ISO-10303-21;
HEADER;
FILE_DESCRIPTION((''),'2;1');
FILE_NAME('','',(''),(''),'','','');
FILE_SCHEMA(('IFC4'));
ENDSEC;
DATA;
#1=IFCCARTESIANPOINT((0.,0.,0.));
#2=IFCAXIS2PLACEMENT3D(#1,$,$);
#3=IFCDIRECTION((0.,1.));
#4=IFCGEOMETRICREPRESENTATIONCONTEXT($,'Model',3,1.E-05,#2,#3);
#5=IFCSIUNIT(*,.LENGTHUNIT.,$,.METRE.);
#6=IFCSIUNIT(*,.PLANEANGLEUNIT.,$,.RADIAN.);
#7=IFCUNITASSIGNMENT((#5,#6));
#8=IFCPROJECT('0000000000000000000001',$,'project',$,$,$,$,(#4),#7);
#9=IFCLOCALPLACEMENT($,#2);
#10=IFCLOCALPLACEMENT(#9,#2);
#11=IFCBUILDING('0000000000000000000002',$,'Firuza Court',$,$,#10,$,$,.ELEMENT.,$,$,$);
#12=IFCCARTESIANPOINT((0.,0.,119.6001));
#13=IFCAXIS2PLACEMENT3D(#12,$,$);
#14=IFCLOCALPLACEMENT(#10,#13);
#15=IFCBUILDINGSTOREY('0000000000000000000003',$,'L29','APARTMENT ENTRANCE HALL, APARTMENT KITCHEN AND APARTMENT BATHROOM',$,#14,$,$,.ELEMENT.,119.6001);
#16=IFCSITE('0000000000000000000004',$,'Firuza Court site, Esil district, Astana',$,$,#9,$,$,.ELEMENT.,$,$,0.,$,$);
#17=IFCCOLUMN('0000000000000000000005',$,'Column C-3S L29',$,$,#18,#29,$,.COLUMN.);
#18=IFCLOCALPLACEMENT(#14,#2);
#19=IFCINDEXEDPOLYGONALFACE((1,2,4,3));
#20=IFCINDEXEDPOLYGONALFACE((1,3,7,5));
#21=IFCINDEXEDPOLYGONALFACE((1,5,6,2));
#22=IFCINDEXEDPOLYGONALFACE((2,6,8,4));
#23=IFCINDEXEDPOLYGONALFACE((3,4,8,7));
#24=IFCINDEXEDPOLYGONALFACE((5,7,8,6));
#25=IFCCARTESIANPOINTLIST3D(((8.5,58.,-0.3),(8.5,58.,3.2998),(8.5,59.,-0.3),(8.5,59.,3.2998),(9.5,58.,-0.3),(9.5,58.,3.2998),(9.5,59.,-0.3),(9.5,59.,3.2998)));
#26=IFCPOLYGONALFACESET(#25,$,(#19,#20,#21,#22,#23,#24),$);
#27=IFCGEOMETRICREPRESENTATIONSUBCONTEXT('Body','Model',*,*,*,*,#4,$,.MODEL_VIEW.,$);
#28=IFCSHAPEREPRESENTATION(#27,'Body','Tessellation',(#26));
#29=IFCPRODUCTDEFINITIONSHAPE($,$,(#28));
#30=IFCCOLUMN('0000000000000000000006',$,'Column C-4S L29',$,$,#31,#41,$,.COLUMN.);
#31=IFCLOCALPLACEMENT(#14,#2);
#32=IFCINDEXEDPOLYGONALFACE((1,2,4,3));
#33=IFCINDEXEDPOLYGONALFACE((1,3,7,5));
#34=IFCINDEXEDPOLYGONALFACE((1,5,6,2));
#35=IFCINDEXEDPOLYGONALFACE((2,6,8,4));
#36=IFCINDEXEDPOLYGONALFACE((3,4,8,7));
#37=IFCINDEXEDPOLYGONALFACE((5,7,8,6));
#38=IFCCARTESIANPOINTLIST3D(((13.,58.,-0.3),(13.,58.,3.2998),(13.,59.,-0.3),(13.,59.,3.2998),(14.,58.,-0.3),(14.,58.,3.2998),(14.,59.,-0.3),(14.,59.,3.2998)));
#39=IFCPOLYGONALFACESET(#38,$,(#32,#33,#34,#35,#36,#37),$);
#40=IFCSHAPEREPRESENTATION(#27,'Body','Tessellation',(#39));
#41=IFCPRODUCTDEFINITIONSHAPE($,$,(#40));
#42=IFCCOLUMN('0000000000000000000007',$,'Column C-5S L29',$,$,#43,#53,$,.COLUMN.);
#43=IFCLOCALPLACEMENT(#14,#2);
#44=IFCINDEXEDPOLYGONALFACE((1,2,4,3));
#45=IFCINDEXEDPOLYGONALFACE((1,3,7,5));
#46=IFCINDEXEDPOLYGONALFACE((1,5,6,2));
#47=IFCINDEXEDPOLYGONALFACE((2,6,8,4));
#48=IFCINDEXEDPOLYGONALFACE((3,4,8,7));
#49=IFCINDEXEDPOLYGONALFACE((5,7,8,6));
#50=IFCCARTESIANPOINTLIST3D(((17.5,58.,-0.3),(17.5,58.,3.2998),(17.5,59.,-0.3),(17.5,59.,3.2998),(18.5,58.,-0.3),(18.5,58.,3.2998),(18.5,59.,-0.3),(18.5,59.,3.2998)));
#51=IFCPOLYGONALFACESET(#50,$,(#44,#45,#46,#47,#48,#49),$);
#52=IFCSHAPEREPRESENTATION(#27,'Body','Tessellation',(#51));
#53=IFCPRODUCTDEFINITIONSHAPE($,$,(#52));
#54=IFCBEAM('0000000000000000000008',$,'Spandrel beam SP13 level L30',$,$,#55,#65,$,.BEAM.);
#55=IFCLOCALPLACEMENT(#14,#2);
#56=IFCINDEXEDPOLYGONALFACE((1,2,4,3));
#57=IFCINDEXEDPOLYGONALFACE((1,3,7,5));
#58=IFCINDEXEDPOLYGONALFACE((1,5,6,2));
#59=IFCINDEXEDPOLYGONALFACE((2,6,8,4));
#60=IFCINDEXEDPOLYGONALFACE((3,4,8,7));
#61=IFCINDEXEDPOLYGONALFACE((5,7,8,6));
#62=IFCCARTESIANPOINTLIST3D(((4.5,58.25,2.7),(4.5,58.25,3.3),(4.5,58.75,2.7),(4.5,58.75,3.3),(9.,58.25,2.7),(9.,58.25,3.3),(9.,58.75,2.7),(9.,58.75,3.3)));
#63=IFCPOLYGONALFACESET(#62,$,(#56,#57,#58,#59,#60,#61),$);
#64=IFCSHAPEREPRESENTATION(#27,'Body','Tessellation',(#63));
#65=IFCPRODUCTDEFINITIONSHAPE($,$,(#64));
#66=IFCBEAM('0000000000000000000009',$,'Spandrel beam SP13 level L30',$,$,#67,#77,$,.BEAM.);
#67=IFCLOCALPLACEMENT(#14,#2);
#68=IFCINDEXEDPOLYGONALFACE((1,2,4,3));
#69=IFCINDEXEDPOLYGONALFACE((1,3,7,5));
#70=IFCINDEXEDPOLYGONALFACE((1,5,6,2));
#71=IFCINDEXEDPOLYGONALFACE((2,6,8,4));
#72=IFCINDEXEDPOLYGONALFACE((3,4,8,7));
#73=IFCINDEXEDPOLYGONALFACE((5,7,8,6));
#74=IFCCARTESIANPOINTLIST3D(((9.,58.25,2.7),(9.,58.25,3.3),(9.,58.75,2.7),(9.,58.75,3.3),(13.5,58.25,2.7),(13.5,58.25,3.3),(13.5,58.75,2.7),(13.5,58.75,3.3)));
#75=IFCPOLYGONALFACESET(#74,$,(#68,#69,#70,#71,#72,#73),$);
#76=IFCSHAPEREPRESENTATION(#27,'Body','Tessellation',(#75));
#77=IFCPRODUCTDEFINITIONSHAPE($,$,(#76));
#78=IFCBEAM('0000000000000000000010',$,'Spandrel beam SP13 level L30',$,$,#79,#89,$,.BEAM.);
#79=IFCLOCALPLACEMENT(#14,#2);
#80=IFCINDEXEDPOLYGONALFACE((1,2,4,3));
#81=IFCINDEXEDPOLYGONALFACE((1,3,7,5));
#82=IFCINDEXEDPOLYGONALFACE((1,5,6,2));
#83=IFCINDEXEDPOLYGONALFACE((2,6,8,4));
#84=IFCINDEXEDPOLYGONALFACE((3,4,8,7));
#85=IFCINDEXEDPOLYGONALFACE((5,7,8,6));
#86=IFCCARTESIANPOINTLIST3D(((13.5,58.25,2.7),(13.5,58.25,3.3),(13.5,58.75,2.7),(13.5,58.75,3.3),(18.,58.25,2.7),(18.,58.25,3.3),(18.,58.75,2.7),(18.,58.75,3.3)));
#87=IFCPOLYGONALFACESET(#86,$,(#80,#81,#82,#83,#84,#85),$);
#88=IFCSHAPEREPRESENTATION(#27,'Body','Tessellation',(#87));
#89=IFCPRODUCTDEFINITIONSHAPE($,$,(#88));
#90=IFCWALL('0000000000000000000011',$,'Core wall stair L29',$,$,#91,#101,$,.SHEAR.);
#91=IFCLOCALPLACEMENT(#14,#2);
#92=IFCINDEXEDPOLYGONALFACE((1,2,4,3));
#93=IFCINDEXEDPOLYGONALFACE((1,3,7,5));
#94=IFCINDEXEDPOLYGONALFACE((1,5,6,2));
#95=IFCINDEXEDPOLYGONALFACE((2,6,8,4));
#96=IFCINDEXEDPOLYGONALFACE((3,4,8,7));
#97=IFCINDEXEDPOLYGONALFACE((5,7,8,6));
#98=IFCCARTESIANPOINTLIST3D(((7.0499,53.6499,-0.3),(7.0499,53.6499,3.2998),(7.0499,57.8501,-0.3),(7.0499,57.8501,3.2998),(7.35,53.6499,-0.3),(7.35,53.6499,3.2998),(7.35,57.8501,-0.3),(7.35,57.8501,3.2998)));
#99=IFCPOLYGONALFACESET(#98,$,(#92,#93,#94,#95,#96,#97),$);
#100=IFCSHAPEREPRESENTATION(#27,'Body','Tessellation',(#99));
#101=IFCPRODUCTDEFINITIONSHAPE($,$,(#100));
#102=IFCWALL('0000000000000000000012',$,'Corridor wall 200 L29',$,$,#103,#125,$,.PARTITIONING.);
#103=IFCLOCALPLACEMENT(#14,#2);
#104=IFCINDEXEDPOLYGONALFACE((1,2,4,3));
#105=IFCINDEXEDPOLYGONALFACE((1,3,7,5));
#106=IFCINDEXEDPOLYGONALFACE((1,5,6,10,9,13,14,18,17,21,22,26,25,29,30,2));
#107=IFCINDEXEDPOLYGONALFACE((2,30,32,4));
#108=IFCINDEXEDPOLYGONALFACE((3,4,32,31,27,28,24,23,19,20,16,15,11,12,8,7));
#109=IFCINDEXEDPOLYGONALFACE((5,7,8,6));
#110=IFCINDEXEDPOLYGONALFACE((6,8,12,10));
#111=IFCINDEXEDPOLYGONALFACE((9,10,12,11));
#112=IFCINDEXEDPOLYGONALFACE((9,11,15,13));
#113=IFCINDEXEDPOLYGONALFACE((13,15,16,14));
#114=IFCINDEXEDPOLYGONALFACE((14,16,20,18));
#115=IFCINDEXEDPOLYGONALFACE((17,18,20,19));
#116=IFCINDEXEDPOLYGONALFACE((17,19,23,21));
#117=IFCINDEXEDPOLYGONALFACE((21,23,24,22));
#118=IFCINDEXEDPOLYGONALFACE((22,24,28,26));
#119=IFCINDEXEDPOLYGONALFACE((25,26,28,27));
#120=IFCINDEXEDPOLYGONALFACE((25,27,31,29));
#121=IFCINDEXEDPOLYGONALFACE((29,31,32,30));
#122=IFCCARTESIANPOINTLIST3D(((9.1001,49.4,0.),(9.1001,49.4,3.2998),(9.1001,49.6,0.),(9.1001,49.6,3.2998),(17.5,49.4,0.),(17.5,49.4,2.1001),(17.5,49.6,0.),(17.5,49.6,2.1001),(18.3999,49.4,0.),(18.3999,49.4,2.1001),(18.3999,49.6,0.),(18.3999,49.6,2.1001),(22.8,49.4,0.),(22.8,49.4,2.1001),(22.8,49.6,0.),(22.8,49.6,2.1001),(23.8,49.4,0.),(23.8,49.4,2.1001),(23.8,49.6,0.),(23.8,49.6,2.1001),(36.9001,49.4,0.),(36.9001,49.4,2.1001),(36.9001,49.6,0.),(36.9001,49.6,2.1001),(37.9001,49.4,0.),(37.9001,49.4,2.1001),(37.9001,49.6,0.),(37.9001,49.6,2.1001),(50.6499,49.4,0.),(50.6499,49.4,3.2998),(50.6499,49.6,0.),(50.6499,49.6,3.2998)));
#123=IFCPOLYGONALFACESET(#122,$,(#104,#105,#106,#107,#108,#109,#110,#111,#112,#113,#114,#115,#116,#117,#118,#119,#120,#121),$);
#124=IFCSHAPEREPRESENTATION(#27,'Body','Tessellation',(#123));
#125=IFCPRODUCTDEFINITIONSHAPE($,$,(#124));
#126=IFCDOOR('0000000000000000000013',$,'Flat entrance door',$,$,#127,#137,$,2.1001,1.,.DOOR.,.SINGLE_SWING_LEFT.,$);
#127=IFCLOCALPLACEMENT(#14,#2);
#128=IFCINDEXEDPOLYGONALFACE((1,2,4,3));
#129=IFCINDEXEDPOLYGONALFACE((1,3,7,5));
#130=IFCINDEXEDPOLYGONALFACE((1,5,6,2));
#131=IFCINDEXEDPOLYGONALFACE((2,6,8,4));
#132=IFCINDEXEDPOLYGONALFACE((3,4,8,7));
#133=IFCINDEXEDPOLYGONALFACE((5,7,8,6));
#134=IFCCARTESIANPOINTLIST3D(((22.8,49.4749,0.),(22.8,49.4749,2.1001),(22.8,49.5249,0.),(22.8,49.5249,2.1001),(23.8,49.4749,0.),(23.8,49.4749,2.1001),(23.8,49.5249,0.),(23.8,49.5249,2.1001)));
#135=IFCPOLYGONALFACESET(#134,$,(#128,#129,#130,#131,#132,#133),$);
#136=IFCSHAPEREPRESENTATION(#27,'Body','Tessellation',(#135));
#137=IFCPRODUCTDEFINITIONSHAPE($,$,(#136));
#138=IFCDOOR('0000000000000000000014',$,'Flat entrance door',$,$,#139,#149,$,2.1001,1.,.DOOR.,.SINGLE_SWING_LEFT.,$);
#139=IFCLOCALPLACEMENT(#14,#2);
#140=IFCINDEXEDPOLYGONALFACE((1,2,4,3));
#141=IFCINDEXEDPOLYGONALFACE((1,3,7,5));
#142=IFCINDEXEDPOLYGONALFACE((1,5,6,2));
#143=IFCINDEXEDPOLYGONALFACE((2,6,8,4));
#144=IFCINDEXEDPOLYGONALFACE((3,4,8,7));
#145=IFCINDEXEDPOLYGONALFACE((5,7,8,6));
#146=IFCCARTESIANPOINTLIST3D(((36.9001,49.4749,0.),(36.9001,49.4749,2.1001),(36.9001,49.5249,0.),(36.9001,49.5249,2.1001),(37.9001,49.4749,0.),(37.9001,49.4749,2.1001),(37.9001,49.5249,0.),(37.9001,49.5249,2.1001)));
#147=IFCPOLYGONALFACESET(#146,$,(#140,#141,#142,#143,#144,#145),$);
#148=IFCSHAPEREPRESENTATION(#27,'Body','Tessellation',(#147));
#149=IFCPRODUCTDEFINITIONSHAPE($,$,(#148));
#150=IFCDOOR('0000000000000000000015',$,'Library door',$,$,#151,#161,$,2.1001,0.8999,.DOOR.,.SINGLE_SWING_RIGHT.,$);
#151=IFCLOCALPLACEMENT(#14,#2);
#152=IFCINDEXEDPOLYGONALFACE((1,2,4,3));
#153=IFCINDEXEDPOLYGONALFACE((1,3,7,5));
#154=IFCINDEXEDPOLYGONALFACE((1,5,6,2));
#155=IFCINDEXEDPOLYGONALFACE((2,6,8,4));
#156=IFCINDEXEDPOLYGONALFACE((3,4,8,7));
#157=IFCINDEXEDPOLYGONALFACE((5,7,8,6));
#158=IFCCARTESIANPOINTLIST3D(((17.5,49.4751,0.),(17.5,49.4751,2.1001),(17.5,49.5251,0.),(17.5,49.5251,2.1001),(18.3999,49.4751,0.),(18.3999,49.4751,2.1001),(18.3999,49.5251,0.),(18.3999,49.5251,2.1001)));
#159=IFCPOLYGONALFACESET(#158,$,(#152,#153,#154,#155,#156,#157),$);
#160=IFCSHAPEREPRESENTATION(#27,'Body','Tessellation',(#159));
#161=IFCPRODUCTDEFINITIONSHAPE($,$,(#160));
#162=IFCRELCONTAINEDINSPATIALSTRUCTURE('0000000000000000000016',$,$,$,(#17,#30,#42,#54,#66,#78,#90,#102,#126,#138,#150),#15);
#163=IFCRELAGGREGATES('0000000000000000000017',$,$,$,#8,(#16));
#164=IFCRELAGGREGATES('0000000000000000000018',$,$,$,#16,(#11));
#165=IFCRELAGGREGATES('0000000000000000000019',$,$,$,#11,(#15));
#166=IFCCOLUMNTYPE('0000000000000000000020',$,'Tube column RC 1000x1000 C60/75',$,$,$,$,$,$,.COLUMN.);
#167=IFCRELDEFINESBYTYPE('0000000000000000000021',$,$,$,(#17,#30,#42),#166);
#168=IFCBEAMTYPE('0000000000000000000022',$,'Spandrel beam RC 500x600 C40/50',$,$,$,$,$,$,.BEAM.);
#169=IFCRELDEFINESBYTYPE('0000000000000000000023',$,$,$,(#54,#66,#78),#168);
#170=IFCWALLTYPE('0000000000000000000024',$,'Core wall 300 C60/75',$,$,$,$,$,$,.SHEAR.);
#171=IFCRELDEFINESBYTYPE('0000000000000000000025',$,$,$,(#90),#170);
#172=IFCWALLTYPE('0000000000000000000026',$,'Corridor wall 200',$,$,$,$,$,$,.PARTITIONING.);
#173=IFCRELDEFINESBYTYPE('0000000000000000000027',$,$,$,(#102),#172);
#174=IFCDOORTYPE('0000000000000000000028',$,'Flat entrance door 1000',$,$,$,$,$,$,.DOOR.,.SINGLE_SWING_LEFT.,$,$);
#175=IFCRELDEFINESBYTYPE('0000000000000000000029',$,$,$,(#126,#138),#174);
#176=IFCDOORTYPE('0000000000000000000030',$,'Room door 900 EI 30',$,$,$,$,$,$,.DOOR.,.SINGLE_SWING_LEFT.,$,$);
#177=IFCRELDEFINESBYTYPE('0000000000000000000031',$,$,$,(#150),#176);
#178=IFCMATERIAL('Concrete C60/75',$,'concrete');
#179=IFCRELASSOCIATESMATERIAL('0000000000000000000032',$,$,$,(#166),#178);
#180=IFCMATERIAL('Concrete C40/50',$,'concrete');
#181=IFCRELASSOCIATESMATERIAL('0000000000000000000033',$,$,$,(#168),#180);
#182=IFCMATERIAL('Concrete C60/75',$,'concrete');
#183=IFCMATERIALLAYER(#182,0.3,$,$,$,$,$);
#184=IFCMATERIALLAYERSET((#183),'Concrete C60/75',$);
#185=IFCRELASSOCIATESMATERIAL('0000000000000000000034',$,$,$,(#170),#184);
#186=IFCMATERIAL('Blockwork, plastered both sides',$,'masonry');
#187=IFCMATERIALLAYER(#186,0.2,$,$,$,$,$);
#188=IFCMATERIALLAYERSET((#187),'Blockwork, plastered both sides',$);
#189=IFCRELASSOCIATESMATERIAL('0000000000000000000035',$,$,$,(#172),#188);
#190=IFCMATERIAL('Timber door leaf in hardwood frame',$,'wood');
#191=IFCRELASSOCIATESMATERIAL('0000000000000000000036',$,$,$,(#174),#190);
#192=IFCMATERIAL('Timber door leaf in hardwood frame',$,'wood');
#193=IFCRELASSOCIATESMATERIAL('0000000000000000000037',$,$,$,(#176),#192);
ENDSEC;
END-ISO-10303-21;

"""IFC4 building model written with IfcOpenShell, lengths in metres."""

from ifc_helpers import new_model, si_unit, direction, frame, frame_2d, origin, origin_2d, place, context, subcontext, project, spatial, rectangle, extrude, material, layer, layer_set, material_profile, profile_set, type_object, element, fill, save


model = new_model("IFC4")

# Units and contexts
model_context = context("Model", 3, precision=1e-05, world=origin(), true_north=direction((0.0, 1.0)))
body_context = subcontext(model_context, "Body", "Model", "MODEL_VIEW")
ifc_project = project(units=[si_unit("LENGTHUNIT", "METRE"), si_unit("PLANEANGLEUNIT", "RADIAN")], contexts=[model_context])

# Site, building, storey
site_placement = place(None, origin())
site = spatial("IfcSite", under=ifc_project, at=site_placement, Name="Firuza Court site, Esil district, Astana", CompositionType="ELEMENT", RefElevation=0.0)
building_placement = place(site_placement, origin())
building = spatial("IfcBuilding", under=site, at=building_placement, Name="Firuza Court", CompositionType="ELEMENT")
storey_placement = place(building_placement, frame((0.0, 0.0, 119.6001)))
storey = spatial("IfcBuildingStorey", under=building, at=storey_placement, Name="L29", Description="APARTMENT ENTRANCE HALL, APARTMENT KITCHEN AND APARTMENT BATHROOM", CompositionType="ELEMENT", Elevation=119.6001)

# Columns
ifc_material_1 = material(Name="Concrete C60/75", Category="concrete")
ifc_material_profile_1 = material_profile(ifc_material_1, rectangle(XDim=1.0, YDim=1.0, at=origin_2d()), Name="RC 1000x1000")
ifc_profile_set_1 = profile_set([ifc_material_profile_1], Name="Concrete C60/75")
column_type = type_object("IfcColumnType", Name="Tube column RC 1000x1000 C60/75", PredefinedType="COLUMN", material=ifc_profile_set_1)
for number, where, z_axis, x_axis, name in (
    (1, (9.0, 58.5, -0.3), (0.0, 0.0, 1.0), (1.0, 0.0, 0.0), "Column C-3S L29"),
    (2, (13.5, 58.5, -0.3), (0.0, 0.0, 1.0), (1.0, 0.0, 0.0), "Column C-4S L29"),
    (3, (18.0, 58.5, -0.3), (0.0, 0.0, 1.0), (1.0, 0.0, 0.0), "Column C-5S L29"),
):
    element("IfcColumn", number, at=place(storey_placement, frame(where, z_axis=z_axis, x_axis=x_axis)), inside=storey, type_object=column_type, Name=name, PredefinedType="COLUMN", context=body_context, shape_type="SweptSolid", body=[
        extrude(rectangle(XDim=1.0, YDim=1.0, at=origin_2d()), origin(), (0.0, 0.0, 1.0), 3.5999),
    ])

# Beams
ifc_material_2 = material(Name="Concrete C40/50", Category="concrete")
ifc_material_profile_2 = material_profile(ifc_material_2, rectangle(XDim=0.5, YDim=0.6001, at=origin_2d()), Name="RC 500x600")
ifc_profile_set_2 = profile_set([ifc_material_profile_2], Name="Concrete C40/50")
beam_type = type_object("IfcBeamType", Name="Spandrel beam RC 500x600 C40/50", PredefinedType="BEAM", material=ifc_profile_set_2)
for number, where, z_axis, x_axis, name in (
    (4, (9.0, 58.5, 3.0), (-1.0, 0.0, 0.0), (0.0, -1.0, 0.0), "Spandrel beam SP13 level L30"),
    (5, (13.5, 58.5, 3.0), (-1.0, 0.0, 0.0), (0.0, -1.0, 0.0), "Spandrel beam SP13 level L30"),
    (6, (18.0, 58.5, 3.0), (-1.0, 0.0, 0.0), (0.0, -1.0, 0.0), "Spandrel beam SP13 level L30"),
):
    element("IfcBeam", number, at=place(storey_placement, frame(where, z_axis=z_axis, x_axis=x_axis)), inside=storey, type_object=beam_type, Name=name, PredefinedType="BEAM", context=body_context, shape_type="SweptSolid", body=[
        extrude(rectangle(XDim=0.5, YDim=0.6001, at=origin_2d()), origin(), (0.0, 0.0, 1.0), 4.5),
    ])

# Wall
ifc_material_3 = material(Name="Concrete C60/75", Category="concrete")
ifc_layer_1 = layer(ifc_material_3, 0.3)
ifc_layer_set_1 = layer_set([ifc_layer_1], Name="Concrete C60/75")
wall_type_1 = type_object("IfcWallType", Name="Core wall 300 C60/75", PredefinedType="SHEAR", material=ifc_layer_set_1)
wall_1_placement = place(storey_placement, frame((7.2, 53.6499, -0.3), z_axis=(0.0, 0.0, 1.0), x_axis=(0.0, 1.0, 0.0)))
element("IfcWall", 7, at=wall_1_placement, inside=storey, type_object=wall_type_1, Name="Core wall stair L29", PredefinedType="SHEAR", context=body_context, shape_type="SweptSolid", body=[
    extrude(rectangle(XDim=4.2002, YDim=0.3, at=frame_2d((2.1001, 0.0))), origin(), (0.0, 0.0, 1.0), 3.5999),
])

# Wall, openings, doors
ifc_material_4 = material(Name="Blockwork, plastered both sides", Category="masonry")
ifc_layer_2 = layer(ifc_material_4, 0.2)
ifc_layer_set_2 = layer_set([ifc_layer_2], Name="Blockwork, plastered both sides")
wall_type_2 = type_object("IfcWallType", Name="Corridor wall 200", PredefinedType="PARTITIONING", material=ifc_layer_set_2)
wall_2_placement = place(storey_placement, frame((9.1001, 49.5, 0.0), z_axis=(0.0, 0.0, 1.0), x_axis=(1.0, 0.0, 0.0)))
wall_2 = element("IfcWall", 8, at=wall_2_placement, inside=storey, type_object=wall_type_2, Name="Corridor wall 200 L29", PredefinedType="PARTITIONING", context=body_context, shape_type="SweptSolid", body=[
    extrude(rectangle(XDim=41.5498, YDim=0.2, at=frame_2d((20.7749, 0.0))), origin(), (0.0, 0.0, 1.0), 3.2998),
])
opening_1_placement = place(wall_2_placement, frame((13.7, 0.0, 0.0)))
opening_1 = element("IfcOpeningElement", 9, at=opening_1_placement, cuts=wall_2, PredefinedType="OPENING", context=body_context, shape_type="SweptSolid", body=[
    extrude(rectangle(XDim=1.0, YDim=2.1001, at=frame_2d((0.5, 1.05))), frame((0.0, 0.1118, 0.0), z_axis=(0.0, -1.0, 0.0), x_axis=(1.0, 0.0, 0.0)), (0.0, 0.0, 1.0), 0.2239),
])
opening_2_placement = place(wall_2_placement, frame((27.8, 0.0, 0.0)))
opening_2 = element("IfcOpeningElement", 10, at=opening_2_placement, cuts=wall_2, PredefinedType="OPENING", context=body_context, shape_type="SweptSolid", body=[
    extrude(rectangle(XDim=1.0, YDim=2.1001, at=frame_2d((0.5, 1.05))), frame((0.0, 0.1118, 0.0), z_axis=(0.0, -1.0, 0.0), x_axis=(1.0, 0.0, 0.0)), (0.0, 0.0, 1.0), 0.2239),
])
opening_3_placement = place(wall_2_placement, frame((8.3999, 0.0, 0.0)))
opening_3 = element("IfcOpeningElement", 11, at=opening_3_placement, cuts=wall_2, PredefinedType="OPENING", context=body_context, shape_type="SweptSolid", body=[
    extrude(rectangle(XDim=0.8999, YDim=2.1001, at=frame_2d((0.45, 1.05))), frame((0.0, 0.1118, 0.0), z_axis=(0.0, -1.0, 0.0), x_axis=(1.0, 0.0, 0.0)), (0.0, 0.0, 1.0), 0.2239),
])
ifc_material_5 = material(Name="Timber door leaf in hardwood frame", Category="wood")
door_type_1 = type_object("IfcDoorType", Name="Flat entrance door 1000", OperationType="SINGLE_SWING_LEFT", PredefinedType="DOOR", material=ifc_material_5)
door_1_placement = place(opening_1_placement, origin())
door_1 = element("IfcDoor", 12, at=door_1_placement, inside=storey, type_object=door_type_1, Name="Flat entrance door", OperationType="SINGLE_SWING_LEFT", OverallHeight=2.1001, OverallWidth=1.0, PredefinedType="DOOR", context=body_context, shape_type="SweptSolid", body=[
    extrude(rectangle(XDim=1.0, YDim=2.1001, at=frame_2d((0.5, 1.05))), frame((0.0, 0.0249, 0.0), z_axis=(0.0, -1.0, 0.0), x_axis=(1.0, 0.0, 0.0)), (0.0, 0.0, 1.0), 0.05),
])
fill(opening_1, door_1)
door_2_placement = place(opening_2_placement, origin())
door_2 = element("IfcDoor", 13, at=door_2_placement, inside=storey, type_object=door_type_1, Name="Flat entrance door", OperationType="SINGLE_SWING_LEFT", OverallHeight=2.1001, OverallWidth=1.0, PredefinedType="DOOR", context=body_context, shape_type="SweptSolid", body=[
    extrude(rectangle(XDim=1.0, YDim=2.1001, at=frame_2d((0.5, 1.05))), frame((0.0, 0.0249, 0.0), z_axis=(0.0, -1.0, 0.0), x_axis=(1.0, 0.0, 0.0)), (0.0, 0.0, 1.0), 0.05),
])
fill(opening_2, door_2)
ifc_material_6 = material(Name="Timber door leaf in hardwood frame", Category="wood")
door_type_2 = type_object("IfcDoorType", Name="Room door 900 EI 30", OperationType="SINGLE_SWING_LEFT", PredefinedType="DOOR", material=ifc_material_6)
door_3_placement = place(opening_3_placement, frame((0.8999, 0.0, 0.0), z_axis=(0.0, 0.0, 1.0), x_axis=(-1.0, 0.0, 0.0)))
door_3 = element("IfcDoor", 14, at=door_3_placement, inside=storey, type_object=door_type_2, Name="Library door", OperationType="SINGLE_SWING_RIGHT", OverallHeight=2.1001, OverallWidth=0.8999, PredefinedType="DOOR", context=body_context, shape_type="SweptSolid", body=[
    extrude(rectangle(XDim=0.8999, YDim=2.1001, at=frame_2d((0.45, 1.05))), frame((0.0, 0.0249, 0.0), z_axis=(0.0, -1.0, 0.0), x_axis=(1.0, 0.0, 0.0)), (0.0, 0.0, 1.0), 0.05),
])
fill(opening_3, door_3)

save(model, "model.ifc")
